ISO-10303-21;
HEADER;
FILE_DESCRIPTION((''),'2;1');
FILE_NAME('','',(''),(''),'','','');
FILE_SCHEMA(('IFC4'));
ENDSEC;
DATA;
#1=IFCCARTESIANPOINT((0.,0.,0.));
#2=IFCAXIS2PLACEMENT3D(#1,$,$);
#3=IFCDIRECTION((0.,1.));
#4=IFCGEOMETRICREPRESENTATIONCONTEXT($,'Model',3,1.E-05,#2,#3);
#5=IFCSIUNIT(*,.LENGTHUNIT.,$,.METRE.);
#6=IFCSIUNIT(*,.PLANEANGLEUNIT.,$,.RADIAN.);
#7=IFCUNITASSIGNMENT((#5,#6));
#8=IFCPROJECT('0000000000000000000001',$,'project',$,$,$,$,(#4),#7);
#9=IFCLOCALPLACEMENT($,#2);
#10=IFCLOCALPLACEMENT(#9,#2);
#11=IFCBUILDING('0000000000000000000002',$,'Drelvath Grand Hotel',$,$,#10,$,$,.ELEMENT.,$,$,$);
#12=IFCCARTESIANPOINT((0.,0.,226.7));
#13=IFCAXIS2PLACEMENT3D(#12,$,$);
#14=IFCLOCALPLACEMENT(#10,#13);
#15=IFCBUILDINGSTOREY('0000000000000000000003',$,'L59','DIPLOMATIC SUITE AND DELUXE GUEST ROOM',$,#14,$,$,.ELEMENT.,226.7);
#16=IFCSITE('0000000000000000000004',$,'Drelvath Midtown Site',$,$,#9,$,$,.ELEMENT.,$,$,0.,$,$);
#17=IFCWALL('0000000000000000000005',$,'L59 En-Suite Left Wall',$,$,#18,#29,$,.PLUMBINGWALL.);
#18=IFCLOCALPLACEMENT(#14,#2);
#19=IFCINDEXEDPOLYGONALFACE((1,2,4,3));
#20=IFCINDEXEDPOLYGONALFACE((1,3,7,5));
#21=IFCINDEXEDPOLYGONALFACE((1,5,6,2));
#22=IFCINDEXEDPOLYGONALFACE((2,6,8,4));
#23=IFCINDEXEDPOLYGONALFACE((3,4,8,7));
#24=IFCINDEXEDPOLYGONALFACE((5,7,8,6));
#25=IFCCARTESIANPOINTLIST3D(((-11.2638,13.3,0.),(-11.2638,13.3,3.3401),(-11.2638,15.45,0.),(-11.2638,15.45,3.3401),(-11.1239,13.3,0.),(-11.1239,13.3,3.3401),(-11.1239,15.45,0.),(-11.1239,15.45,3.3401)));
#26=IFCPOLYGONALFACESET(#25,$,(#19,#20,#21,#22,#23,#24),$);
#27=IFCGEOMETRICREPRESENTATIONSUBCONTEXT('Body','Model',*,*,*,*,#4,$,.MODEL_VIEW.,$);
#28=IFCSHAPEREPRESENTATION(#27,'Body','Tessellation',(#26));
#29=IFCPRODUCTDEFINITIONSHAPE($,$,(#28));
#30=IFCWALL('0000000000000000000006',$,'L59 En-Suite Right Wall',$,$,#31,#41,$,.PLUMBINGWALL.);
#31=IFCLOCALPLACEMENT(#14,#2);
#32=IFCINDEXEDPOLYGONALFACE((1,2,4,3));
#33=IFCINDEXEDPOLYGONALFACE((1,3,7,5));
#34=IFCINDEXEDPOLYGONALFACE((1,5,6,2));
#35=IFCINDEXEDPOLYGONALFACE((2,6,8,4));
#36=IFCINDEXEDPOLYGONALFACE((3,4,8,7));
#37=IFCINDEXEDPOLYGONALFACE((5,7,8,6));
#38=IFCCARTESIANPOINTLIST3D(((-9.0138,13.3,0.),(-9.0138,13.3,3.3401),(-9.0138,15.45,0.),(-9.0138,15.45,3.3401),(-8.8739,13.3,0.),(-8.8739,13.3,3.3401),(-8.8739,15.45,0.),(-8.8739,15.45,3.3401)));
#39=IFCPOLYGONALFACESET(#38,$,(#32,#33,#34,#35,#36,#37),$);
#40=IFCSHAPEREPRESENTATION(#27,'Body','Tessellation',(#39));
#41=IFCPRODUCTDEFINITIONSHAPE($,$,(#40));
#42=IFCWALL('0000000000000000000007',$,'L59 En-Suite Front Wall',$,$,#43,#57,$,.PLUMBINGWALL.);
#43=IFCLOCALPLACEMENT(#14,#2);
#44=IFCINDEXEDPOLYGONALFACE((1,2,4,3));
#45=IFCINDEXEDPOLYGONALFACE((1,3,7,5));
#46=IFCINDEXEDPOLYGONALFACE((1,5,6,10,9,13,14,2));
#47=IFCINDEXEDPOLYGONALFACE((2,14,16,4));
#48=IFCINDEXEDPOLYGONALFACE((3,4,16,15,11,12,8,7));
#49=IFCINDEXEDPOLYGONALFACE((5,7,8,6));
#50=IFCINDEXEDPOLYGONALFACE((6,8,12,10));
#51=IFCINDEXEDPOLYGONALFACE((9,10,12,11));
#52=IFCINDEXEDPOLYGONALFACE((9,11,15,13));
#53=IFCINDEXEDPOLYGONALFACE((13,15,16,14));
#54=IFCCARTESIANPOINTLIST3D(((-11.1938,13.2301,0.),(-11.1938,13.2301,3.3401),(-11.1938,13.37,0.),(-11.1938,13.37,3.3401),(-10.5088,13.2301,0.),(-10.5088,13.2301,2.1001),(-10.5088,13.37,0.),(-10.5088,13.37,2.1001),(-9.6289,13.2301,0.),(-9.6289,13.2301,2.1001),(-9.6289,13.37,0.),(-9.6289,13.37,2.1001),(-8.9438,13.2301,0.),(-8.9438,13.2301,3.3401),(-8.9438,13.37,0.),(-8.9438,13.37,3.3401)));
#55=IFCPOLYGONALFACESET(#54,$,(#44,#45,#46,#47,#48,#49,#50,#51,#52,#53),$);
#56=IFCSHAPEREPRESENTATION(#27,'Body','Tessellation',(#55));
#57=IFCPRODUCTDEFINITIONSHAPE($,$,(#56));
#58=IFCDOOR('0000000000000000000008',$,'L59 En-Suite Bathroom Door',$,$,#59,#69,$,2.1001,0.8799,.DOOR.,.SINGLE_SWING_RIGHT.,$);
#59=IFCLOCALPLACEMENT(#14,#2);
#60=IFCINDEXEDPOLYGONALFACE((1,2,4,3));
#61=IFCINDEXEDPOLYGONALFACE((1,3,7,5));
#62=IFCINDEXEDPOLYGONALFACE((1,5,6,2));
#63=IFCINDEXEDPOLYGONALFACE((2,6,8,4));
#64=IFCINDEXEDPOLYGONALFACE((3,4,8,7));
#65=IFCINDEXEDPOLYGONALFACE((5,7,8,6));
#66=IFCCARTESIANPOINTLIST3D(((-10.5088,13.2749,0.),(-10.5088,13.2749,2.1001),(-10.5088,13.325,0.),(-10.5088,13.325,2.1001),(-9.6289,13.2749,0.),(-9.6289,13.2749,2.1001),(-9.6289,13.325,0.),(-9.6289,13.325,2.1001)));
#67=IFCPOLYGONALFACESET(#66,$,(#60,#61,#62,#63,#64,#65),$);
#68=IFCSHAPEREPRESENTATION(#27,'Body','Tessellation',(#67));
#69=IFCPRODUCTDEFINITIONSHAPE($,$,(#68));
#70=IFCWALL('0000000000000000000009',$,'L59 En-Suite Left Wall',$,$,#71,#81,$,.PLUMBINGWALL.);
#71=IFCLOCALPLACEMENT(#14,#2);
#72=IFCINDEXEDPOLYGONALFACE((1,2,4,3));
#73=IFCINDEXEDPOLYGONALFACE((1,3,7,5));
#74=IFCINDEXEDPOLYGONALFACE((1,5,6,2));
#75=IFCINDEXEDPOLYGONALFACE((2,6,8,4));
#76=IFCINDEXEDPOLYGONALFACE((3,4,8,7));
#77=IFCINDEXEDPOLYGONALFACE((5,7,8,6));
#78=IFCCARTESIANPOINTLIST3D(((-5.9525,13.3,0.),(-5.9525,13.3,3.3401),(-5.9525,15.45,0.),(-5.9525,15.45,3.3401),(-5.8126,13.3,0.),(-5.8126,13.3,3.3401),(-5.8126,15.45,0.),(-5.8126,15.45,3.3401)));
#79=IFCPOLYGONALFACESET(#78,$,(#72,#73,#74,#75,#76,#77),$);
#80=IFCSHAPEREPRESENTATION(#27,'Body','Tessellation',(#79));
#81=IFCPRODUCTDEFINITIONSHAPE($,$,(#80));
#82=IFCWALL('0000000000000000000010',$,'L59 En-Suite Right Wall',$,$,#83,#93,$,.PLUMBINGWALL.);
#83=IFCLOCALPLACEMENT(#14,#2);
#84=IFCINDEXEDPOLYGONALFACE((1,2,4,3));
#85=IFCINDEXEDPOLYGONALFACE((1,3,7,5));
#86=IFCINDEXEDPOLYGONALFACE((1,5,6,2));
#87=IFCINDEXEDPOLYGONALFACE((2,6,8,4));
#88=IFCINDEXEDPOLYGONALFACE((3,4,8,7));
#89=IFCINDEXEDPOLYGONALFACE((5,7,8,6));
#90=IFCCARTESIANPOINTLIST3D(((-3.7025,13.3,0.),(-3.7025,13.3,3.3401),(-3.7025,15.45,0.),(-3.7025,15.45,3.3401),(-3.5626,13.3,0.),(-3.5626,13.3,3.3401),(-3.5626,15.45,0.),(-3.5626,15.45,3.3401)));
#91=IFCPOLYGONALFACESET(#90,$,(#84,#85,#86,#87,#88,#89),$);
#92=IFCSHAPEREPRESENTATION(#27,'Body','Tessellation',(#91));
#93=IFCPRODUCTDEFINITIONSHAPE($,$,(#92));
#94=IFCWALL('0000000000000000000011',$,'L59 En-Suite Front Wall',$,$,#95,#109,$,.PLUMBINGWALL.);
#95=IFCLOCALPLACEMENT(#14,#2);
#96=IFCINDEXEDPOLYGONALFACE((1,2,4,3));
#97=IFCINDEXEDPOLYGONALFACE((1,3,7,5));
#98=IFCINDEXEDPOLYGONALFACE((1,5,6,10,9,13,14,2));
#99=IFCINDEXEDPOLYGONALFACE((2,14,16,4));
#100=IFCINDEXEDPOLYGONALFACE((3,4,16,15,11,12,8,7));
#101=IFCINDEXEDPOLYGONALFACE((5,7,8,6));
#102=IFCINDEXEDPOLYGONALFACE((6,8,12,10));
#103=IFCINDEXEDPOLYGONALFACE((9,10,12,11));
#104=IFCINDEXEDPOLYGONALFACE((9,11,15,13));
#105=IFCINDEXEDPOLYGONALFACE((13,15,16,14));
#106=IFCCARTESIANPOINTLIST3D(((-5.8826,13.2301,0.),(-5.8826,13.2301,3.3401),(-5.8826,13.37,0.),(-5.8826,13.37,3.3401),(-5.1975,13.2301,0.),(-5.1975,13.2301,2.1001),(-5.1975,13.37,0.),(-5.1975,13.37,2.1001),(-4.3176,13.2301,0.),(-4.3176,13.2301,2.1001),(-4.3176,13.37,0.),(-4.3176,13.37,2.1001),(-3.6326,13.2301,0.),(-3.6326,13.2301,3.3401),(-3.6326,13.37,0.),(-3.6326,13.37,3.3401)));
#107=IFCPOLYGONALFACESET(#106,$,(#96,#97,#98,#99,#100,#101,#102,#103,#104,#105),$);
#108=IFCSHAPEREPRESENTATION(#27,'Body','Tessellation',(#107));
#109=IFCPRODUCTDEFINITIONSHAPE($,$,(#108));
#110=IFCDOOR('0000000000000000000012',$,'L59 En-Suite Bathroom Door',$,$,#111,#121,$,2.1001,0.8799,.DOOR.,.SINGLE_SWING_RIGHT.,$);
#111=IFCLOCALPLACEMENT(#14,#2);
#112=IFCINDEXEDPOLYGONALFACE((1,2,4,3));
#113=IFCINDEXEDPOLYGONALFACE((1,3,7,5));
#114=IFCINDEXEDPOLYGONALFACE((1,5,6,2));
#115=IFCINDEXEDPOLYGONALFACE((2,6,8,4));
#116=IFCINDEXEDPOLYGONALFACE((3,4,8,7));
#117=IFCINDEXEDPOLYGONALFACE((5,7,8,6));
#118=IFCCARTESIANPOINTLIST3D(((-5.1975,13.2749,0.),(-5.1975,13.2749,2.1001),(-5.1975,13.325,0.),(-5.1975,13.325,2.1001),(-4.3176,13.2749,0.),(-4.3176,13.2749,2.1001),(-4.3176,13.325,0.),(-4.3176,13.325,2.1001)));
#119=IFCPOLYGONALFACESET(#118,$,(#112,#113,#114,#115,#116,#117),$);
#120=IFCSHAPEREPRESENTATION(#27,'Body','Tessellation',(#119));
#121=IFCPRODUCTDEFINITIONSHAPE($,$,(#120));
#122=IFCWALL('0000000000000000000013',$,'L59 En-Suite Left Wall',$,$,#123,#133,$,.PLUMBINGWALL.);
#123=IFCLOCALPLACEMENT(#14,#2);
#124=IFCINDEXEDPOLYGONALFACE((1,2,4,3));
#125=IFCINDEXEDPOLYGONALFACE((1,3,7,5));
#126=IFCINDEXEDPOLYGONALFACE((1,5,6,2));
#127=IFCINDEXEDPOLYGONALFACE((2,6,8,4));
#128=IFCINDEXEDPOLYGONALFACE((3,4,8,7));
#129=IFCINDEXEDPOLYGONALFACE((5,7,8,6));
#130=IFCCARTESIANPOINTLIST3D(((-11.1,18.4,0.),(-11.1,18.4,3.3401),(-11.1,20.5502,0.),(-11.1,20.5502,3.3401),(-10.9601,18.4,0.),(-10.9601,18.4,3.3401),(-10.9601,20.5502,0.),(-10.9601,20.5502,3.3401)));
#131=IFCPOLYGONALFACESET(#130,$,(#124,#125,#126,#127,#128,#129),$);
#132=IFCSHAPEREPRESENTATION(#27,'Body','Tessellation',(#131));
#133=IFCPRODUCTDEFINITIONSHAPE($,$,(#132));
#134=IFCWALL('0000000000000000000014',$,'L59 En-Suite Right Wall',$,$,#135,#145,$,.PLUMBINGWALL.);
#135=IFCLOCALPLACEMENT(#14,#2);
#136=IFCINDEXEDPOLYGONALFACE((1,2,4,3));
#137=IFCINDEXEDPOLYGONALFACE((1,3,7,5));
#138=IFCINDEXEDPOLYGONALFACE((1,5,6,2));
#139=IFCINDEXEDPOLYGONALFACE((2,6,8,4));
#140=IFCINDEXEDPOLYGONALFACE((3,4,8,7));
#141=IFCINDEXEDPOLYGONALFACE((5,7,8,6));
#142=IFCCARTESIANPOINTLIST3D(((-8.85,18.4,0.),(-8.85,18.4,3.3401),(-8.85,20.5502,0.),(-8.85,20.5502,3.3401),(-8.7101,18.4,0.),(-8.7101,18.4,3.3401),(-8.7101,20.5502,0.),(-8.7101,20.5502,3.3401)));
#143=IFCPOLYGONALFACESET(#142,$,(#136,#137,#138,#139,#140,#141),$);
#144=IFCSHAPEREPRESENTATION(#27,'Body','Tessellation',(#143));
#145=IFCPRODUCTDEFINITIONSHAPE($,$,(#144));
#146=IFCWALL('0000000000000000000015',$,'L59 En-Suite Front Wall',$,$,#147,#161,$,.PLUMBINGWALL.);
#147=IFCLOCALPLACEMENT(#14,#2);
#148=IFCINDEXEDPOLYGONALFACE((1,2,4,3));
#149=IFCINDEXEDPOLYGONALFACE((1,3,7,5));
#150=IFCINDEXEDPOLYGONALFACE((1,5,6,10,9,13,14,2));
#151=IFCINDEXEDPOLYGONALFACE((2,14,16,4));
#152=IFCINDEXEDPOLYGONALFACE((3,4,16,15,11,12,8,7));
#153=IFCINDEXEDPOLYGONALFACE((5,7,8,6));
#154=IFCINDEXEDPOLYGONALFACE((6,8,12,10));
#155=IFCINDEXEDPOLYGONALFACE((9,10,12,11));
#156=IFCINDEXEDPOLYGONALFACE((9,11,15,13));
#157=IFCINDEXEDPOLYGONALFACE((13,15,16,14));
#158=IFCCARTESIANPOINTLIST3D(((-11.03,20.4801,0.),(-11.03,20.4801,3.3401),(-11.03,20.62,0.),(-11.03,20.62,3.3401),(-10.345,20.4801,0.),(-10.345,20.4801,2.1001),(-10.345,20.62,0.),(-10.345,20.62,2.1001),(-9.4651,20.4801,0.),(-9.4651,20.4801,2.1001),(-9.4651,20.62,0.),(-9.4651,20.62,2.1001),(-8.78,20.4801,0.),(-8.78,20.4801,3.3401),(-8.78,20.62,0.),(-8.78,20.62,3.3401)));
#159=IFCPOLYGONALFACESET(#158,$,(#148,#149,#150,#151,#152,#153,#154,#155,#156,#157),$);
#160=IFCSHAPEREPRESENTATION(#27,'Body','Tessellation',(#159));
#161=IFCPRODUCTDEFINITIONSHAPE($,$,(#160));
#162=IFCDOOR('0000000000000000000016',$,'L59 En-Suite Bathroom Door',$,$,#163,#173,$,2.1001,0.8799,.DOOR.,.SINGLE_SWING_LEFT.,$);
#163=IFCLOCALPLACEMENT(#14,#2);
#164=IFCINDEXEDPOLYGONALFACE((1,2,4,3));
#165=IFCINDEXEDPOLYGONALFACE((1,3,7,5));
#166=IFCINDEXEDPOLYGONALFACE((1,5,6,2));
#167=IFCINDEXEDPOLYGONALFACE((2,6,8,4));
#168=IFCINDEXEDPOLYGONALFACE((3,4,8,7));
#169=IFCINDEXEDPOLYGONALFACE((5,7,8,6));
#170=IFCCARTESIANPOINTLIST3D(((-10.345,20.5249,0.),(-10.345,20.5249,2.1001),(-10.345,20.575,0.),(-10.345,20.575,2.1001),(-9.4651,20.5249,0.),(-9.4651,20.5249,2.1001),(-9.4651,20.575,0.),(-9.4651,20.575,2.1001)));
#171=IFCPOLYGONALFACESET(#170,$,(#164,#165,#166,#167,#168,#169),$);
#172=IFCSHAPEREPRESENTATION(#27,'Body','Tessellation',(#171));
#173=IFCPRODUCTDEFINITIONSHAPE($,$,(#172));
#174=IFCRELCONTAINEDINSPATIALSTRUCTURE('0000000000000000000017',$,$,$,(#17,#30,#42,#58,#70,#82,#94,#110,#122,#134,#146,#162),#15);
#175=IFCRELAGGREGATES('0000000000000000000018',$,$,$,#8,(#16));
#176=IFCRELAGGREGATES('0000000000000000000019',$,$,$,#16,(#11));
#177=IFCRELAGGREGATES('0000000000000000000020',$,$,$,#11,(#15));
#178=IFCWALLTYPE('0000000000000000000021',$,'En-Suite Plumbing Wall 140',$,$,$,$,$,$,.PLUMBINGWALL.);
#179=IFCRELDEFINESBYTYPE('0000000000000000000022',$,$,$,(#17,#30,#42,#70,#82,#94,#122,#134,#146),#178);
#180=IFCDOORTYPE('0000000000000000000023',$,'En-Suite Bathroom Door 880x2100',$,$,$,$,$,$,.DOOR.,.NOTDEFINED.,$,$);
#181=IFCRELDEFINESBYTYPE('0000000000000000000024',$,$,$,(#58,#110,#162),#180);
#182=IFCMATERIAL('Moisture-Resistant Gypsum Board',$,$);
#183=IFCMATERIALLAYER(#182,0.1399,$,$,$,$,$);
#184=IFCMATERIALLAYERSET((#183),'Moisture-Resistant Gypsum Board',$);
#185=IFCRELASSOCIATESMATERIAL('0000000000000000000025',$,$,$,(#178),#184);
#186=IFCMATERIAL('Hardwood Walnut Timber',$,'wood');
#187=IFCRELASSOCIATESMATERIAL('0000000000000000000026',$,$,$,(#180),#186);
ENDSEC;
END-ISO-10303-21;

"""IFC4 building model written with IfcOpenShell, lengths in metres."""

from ifc_helpers import new_model, si_unit, direction, frame, frame_2d, origin, place, context, subcontext, project, spatial, rectangle, extrude, material, layer, layer_set, type_object, element, fill, save


model = new_model("IFC4")

# Units and contexts
model_context = context("Model", 3, precision=1e-05, world=origin(), true_north=direction((0.0, 1.0)))
body_context = subcontext(model_context, "Body", "Model", "MODEL_VIEW")
ifc_project = project(units=[si_unit("LENGTHUNIT", "METRE"), si_unit("PLANEANGLEUNIT", "RADIAN")], contexts=[model_context])

# Site, building, storey
site_placement = place(None, origin())
site = spatial("IfcSite", under=ifc_project, at=site_placement, Name="Drelvath Midtown Site", CompositionType="ELEMENT", RefElevation=0.0)
building_placement = place(site_placement, origin())
building = spatial("IfcBuilding", under=site, at=building_placement, Name="Drelvath Grand Hotel", CompositionType="ELEMENT")
storey_placement = place(building_placement, frame((0.0, 0.0, 226.7)))
storey = spatial("IfcBuildingStorey", under=building, at=storey_placement, Name="L59", Description="DIPLOMATIC SUITE AND DELUXE GUEST ROOM", CompositionType="ELEMENT", Elevation=226.7)

# Walls
ifc_material_1 = material(Name="Moisture-Resistant Gypsum Board")
ifc_layer_1 = layer(ifc_material_1, 0.1399)
ifc_layer_set_1 = layer_set([ifc_layer_1], Name="Moisture-Resistant Gypsum Board")
wall_type_1 = type_object("IfcWallType", Name="En-Suite Plumbing Wall 140", PredefinedType="PLUMBINGWALL", material=ifc_layer_set_1)
for number, where, z_axis, x_axis, name in (
    (1, (-11.1938, 15.45, 0.0), (0.0, 0.0, 1.0), (0.0, -1.0, 0.0), "L59 En-Suite Left Wall"),
    (2, (-8.9438, 15.45, 0.0), (0.0, 0.0, 1.0), (0.0, -1.0, 0.0), "L59 En-Suite Right Wall"),
):
    element("IfcWall", number, at=place(storey_placement, frame(where, z_axis=z_axis, x_axis=x_axis)), inside=storey, type_object=wall_type_1, Name=name, PredefinedType="PLUMBINGWALL", context=body_context, shape_type="SweptSolid", body=[
        extrude(rectangle(XDim=2.1499, YDim=0.1399, at=frame_2d((1.075, 0.0))), origin(), (0.0, 0.0, 1.0), 3.3401),
    ])

# Wall, opening, door
wall_1_placement = place(storey_placement, frame((-11.1938, 13.3, 0.0), z_axis=(0.0, 0.0, 1.0), x_axis=(1.0, 0.0, 0.0)))
wall_1 = element("IfcWall", 3, at=wall_1_placement, inside=storey, type_object=wall_type_1, Name="L59 En-Suite Front Wall", PredefinedType="PLUMBINGWALL", context=body_context, shape_type="SweptSolid", body=[
    extrude(rectangle(XDim=2.25, YDim=0.1399, at=frame_2d((1.125, 0.0))), origin(), (0.0, 0.0, 1.0), 3.3401),
])
opening_1_placement = place(wall_1_placement, frame((0.6851, 0.0, 0.0)))
opening_1 = element("IfcOpeningElement", 4, at=opening_1_placement, cuts=wall_1, PredefinedType="OPENING", context=body_context, shape_type="SweptSolid", body=[
    extrude(rectangle(XDim=0.8799, YDim=2.1001, at=frame_2d((0.4399, 1.05))), frame((0.0, 0.0798, 0.0), z_axis=(0.0, -1.0, 0.0), x_axis=(1.0, 0.0, 0.0)), (0.0, 0.0, 1.0), 0.1599),
])
ifc_material_2 = material(Name="Hardwood Walnut Timber", Category="wood")
door_type_1 = type_object("IfcDoorType", Name="En-Suite Bathroom Door 880x2100", OperationType="NOTDEFINED", PredefinedType="DOOR", material=ifc_material_2)
door_1_placement = place(opening_1_placement, origin())
door_1 = element("IfcDoor", 5, at=door_1_placement, inside=storey, type_object=door_type_1, Name="L59 En-Suite Bathroom Door", OperationType="SINGLE_SWING_RIGHT", OverallHeight=2.1001, OverallWidth=0.8799, PredefinedType="DOOR", context=body_context, shape_type="SweptSolid", body=[
    extrude(rectangle(XDim=0.8799, YDim=2.1001, at=frame_2d((0.4399, 1.05))), frame((0.0, 0.0249, 0.0), z_axis=(0.0, -1.0, 0.0), x_axis=(1.0, 0.0, 0.0)), (0.0, 0.0, 1.0), 0.05),
])
fill(opening_1, door_1)

# Walls
for number, where, z_axis, x_axis, name in (
    (6, (-5.8826, 15.45, 0.0), (0.0, 0.0, 1.0), (0.0, -1.0, 0.0), "L59 En-Suite Left Wall"),
    (7, (-3.6326, 15.45, 0.0), (0.0, 0.0, 1.0), (0.0, -1.0, 0.0), "L59 En-Suite Right Wall"),
):
    element("IfcWall", number, at=place(storey_placement, frame(where, z_axis=z_axis, x_axis=x_axis)), inside=storey, type_object=wall_type_1, Name=name, PredefinedType="PLUMBINGWALL", context=body_context, shape_type="SweptSolid", body=[
        extrude(rectangle(XDim=2.1499, YDim=0.1399, at=frame_2d((1.075, 0.0))), origin(), (0.0, 0.0, 1.0), 3.3401),
    ])

# Wall, opening, door
wall_2_placement = place(storey_placement, frame((-5.8826, 13.3, 0.0), z_axis=(0.0, 0.0, 1.0), x_axis=(1.0, 0.0, 0.0)))
wall_2 = element("IfcWall", 8, at=wall_2_placement, inside=storey, type_object=wall_type_1, Name="L59 En-Suite Front Wall", PredefinedType="PLUMBINGWALL", context=body_context, shape_type="SweptSolid", body=[
    extrude(rectangle(XDim=2.25, YDim=0.1399, at=frame_2d((1.125, 0.0))), origin(), (0.0, 0.0, 1.0), 3.3401),
])
opening_2_placement = place(wall_2_placement, frame((0.6851, 0.0, 0.0)))
opening_2 = element("IfcOpeningElement", 9, at=opening_2_placement, cuts=wall_2, PredefinedType="OPENING", context=body_context, shape_type="SweptSolid", body=[
    extrude(rectangle(XDim=0.8799, YDim=2.1001, at=frame_2d((0.4399, 1.05))), frame((0.0, 0.0798, 0.0), z_axis=(0.0, -1.0, 0.0), x_axis=(1.0, 0.0, 0.0)), (0.0, 0.0, 1.0), 0.1599),
])
door_2_placement = place(opening_2_placement, origin())
door_2 = element("IfcDoor", 10, at=door_2_placement, inside=storey, type_object=door_type_1, Name="L59 En-Suite Bathroom Door", OperationType="SINGLE_SWING_RIGHT", OverallHeight=2.1001, OverallWidth=0.8799, PredefinedType="DOOR", context=body_context, shape_type="SweptSolid", body=[
    extrude(rectangle(XDim=0.8799, YDim=2.1001, at=frame_2d((0.4399, 1.05))), frame((0.0, 0.0249, 0.0), z_axis=(0.0, -1.0, 0.0), x_axis=(1.0, 0.0, 0.0)), (0.0, 0.0, 1.0), 0.05),
])
fill(opening_2, door_2)

# Walls
for number, where, z_axis, x_axis, name in (
    (11, (-11.03, 18.3999, 0.0), (0.0, 0.0, 1.0), (0.0, 1.0, 0.0), "L59 En-Suite Left Wall"),
    (12, (-8.78, 18.3999, 0.0), (0.0, 0.0, 1.0), (0.0, 1.0, 0.0), "L59 En-Suite Right Wall"),
):
    element("IfcWall", number, at=place(storey_placement, frame(where, z_axis=z_axis, x_axis=x_axis)), inside=storey, type_object=wall_type_1, Name=name, PredefinedType="PLUMBINGWALL", context=body_context, shape_type="SweptSolid", body=[
        extrude(rectangle(XDim=2.1501, YDim=0.1399, at=frame_2d((1.0752, 0.0))), origin(), (0.0, 0.0, 1.0), 3.3401),
    ])

# Wall, opening, door
wall_3_placement = place(storey_placement, frame((-11.03, 20.55, 0.0), z_axis=(0.0, 0.0, 1.0), x_axis=(1.0, 0.0, 0.0)))
wall_3 = element("IfcWall", 13, at=wall_3_placement, inside=storey, type_object=wall_type_1, Name="L59 En-Suite Front Wall", PredefinedType="PLUMBINGWALL", context=body_context, shape_type="SweptSolid", body=[
    extrude(rectangle(XDim=2.25, YDim=0.1399, at=frame_2d((1.125, 0.0))), origin(), (0.0, 0.0, 1.0), 3.3401),
])
opening_3_placement = place(wall_3_placement, frame((0.6851, 0.0, 0.0)))
opening_3 = element("IfcOpeningElement", 14, at=opening_3_placement, cuts=wall_3, PredefinedType="OPENING", context=body_context, shape_type="SweptSolid", body=[
    extrude(rectangle(XDim=0.8799, YDim=2.1001, at=frame_2d((0.4399, 1.05))), frame((0.0, 0.0798, 0.0), z_axis=(0.0, -1.0, 0.0), x_axis=(1.0, 0.0, 0.0)), (0.0, 0.0, 1.0), 0.1599),
])
door_3_placement = place(opening_3_placement, origin())
door_3 = element("IfcDoor", 15, at=door_3_placement, inside=storey, type_object=door_type_1, Name="L59 En-Suite Bathroom Door", OperationType="SINGLE_SWING_LEFT", OverallHeight=2.1001, OverallWidth=0.8799, PredefinedType="DOOR", context=body_context, shape_type="SweptSolid", body=[
    extrude(rectangle(XDim=0.8799, YDim=2.1001, at=frame_2d((0.4399, 1.05))), frame((0.0, 0.0249, 0.0), z_axis=(0.0, -1.0, 0.0), x_axis=(1.0, 0.0, 0.0)), (0.0, 0.0, 1.0), 0.05),
])
fill(opening_3, door_3)

save(model, "model.ifc")
